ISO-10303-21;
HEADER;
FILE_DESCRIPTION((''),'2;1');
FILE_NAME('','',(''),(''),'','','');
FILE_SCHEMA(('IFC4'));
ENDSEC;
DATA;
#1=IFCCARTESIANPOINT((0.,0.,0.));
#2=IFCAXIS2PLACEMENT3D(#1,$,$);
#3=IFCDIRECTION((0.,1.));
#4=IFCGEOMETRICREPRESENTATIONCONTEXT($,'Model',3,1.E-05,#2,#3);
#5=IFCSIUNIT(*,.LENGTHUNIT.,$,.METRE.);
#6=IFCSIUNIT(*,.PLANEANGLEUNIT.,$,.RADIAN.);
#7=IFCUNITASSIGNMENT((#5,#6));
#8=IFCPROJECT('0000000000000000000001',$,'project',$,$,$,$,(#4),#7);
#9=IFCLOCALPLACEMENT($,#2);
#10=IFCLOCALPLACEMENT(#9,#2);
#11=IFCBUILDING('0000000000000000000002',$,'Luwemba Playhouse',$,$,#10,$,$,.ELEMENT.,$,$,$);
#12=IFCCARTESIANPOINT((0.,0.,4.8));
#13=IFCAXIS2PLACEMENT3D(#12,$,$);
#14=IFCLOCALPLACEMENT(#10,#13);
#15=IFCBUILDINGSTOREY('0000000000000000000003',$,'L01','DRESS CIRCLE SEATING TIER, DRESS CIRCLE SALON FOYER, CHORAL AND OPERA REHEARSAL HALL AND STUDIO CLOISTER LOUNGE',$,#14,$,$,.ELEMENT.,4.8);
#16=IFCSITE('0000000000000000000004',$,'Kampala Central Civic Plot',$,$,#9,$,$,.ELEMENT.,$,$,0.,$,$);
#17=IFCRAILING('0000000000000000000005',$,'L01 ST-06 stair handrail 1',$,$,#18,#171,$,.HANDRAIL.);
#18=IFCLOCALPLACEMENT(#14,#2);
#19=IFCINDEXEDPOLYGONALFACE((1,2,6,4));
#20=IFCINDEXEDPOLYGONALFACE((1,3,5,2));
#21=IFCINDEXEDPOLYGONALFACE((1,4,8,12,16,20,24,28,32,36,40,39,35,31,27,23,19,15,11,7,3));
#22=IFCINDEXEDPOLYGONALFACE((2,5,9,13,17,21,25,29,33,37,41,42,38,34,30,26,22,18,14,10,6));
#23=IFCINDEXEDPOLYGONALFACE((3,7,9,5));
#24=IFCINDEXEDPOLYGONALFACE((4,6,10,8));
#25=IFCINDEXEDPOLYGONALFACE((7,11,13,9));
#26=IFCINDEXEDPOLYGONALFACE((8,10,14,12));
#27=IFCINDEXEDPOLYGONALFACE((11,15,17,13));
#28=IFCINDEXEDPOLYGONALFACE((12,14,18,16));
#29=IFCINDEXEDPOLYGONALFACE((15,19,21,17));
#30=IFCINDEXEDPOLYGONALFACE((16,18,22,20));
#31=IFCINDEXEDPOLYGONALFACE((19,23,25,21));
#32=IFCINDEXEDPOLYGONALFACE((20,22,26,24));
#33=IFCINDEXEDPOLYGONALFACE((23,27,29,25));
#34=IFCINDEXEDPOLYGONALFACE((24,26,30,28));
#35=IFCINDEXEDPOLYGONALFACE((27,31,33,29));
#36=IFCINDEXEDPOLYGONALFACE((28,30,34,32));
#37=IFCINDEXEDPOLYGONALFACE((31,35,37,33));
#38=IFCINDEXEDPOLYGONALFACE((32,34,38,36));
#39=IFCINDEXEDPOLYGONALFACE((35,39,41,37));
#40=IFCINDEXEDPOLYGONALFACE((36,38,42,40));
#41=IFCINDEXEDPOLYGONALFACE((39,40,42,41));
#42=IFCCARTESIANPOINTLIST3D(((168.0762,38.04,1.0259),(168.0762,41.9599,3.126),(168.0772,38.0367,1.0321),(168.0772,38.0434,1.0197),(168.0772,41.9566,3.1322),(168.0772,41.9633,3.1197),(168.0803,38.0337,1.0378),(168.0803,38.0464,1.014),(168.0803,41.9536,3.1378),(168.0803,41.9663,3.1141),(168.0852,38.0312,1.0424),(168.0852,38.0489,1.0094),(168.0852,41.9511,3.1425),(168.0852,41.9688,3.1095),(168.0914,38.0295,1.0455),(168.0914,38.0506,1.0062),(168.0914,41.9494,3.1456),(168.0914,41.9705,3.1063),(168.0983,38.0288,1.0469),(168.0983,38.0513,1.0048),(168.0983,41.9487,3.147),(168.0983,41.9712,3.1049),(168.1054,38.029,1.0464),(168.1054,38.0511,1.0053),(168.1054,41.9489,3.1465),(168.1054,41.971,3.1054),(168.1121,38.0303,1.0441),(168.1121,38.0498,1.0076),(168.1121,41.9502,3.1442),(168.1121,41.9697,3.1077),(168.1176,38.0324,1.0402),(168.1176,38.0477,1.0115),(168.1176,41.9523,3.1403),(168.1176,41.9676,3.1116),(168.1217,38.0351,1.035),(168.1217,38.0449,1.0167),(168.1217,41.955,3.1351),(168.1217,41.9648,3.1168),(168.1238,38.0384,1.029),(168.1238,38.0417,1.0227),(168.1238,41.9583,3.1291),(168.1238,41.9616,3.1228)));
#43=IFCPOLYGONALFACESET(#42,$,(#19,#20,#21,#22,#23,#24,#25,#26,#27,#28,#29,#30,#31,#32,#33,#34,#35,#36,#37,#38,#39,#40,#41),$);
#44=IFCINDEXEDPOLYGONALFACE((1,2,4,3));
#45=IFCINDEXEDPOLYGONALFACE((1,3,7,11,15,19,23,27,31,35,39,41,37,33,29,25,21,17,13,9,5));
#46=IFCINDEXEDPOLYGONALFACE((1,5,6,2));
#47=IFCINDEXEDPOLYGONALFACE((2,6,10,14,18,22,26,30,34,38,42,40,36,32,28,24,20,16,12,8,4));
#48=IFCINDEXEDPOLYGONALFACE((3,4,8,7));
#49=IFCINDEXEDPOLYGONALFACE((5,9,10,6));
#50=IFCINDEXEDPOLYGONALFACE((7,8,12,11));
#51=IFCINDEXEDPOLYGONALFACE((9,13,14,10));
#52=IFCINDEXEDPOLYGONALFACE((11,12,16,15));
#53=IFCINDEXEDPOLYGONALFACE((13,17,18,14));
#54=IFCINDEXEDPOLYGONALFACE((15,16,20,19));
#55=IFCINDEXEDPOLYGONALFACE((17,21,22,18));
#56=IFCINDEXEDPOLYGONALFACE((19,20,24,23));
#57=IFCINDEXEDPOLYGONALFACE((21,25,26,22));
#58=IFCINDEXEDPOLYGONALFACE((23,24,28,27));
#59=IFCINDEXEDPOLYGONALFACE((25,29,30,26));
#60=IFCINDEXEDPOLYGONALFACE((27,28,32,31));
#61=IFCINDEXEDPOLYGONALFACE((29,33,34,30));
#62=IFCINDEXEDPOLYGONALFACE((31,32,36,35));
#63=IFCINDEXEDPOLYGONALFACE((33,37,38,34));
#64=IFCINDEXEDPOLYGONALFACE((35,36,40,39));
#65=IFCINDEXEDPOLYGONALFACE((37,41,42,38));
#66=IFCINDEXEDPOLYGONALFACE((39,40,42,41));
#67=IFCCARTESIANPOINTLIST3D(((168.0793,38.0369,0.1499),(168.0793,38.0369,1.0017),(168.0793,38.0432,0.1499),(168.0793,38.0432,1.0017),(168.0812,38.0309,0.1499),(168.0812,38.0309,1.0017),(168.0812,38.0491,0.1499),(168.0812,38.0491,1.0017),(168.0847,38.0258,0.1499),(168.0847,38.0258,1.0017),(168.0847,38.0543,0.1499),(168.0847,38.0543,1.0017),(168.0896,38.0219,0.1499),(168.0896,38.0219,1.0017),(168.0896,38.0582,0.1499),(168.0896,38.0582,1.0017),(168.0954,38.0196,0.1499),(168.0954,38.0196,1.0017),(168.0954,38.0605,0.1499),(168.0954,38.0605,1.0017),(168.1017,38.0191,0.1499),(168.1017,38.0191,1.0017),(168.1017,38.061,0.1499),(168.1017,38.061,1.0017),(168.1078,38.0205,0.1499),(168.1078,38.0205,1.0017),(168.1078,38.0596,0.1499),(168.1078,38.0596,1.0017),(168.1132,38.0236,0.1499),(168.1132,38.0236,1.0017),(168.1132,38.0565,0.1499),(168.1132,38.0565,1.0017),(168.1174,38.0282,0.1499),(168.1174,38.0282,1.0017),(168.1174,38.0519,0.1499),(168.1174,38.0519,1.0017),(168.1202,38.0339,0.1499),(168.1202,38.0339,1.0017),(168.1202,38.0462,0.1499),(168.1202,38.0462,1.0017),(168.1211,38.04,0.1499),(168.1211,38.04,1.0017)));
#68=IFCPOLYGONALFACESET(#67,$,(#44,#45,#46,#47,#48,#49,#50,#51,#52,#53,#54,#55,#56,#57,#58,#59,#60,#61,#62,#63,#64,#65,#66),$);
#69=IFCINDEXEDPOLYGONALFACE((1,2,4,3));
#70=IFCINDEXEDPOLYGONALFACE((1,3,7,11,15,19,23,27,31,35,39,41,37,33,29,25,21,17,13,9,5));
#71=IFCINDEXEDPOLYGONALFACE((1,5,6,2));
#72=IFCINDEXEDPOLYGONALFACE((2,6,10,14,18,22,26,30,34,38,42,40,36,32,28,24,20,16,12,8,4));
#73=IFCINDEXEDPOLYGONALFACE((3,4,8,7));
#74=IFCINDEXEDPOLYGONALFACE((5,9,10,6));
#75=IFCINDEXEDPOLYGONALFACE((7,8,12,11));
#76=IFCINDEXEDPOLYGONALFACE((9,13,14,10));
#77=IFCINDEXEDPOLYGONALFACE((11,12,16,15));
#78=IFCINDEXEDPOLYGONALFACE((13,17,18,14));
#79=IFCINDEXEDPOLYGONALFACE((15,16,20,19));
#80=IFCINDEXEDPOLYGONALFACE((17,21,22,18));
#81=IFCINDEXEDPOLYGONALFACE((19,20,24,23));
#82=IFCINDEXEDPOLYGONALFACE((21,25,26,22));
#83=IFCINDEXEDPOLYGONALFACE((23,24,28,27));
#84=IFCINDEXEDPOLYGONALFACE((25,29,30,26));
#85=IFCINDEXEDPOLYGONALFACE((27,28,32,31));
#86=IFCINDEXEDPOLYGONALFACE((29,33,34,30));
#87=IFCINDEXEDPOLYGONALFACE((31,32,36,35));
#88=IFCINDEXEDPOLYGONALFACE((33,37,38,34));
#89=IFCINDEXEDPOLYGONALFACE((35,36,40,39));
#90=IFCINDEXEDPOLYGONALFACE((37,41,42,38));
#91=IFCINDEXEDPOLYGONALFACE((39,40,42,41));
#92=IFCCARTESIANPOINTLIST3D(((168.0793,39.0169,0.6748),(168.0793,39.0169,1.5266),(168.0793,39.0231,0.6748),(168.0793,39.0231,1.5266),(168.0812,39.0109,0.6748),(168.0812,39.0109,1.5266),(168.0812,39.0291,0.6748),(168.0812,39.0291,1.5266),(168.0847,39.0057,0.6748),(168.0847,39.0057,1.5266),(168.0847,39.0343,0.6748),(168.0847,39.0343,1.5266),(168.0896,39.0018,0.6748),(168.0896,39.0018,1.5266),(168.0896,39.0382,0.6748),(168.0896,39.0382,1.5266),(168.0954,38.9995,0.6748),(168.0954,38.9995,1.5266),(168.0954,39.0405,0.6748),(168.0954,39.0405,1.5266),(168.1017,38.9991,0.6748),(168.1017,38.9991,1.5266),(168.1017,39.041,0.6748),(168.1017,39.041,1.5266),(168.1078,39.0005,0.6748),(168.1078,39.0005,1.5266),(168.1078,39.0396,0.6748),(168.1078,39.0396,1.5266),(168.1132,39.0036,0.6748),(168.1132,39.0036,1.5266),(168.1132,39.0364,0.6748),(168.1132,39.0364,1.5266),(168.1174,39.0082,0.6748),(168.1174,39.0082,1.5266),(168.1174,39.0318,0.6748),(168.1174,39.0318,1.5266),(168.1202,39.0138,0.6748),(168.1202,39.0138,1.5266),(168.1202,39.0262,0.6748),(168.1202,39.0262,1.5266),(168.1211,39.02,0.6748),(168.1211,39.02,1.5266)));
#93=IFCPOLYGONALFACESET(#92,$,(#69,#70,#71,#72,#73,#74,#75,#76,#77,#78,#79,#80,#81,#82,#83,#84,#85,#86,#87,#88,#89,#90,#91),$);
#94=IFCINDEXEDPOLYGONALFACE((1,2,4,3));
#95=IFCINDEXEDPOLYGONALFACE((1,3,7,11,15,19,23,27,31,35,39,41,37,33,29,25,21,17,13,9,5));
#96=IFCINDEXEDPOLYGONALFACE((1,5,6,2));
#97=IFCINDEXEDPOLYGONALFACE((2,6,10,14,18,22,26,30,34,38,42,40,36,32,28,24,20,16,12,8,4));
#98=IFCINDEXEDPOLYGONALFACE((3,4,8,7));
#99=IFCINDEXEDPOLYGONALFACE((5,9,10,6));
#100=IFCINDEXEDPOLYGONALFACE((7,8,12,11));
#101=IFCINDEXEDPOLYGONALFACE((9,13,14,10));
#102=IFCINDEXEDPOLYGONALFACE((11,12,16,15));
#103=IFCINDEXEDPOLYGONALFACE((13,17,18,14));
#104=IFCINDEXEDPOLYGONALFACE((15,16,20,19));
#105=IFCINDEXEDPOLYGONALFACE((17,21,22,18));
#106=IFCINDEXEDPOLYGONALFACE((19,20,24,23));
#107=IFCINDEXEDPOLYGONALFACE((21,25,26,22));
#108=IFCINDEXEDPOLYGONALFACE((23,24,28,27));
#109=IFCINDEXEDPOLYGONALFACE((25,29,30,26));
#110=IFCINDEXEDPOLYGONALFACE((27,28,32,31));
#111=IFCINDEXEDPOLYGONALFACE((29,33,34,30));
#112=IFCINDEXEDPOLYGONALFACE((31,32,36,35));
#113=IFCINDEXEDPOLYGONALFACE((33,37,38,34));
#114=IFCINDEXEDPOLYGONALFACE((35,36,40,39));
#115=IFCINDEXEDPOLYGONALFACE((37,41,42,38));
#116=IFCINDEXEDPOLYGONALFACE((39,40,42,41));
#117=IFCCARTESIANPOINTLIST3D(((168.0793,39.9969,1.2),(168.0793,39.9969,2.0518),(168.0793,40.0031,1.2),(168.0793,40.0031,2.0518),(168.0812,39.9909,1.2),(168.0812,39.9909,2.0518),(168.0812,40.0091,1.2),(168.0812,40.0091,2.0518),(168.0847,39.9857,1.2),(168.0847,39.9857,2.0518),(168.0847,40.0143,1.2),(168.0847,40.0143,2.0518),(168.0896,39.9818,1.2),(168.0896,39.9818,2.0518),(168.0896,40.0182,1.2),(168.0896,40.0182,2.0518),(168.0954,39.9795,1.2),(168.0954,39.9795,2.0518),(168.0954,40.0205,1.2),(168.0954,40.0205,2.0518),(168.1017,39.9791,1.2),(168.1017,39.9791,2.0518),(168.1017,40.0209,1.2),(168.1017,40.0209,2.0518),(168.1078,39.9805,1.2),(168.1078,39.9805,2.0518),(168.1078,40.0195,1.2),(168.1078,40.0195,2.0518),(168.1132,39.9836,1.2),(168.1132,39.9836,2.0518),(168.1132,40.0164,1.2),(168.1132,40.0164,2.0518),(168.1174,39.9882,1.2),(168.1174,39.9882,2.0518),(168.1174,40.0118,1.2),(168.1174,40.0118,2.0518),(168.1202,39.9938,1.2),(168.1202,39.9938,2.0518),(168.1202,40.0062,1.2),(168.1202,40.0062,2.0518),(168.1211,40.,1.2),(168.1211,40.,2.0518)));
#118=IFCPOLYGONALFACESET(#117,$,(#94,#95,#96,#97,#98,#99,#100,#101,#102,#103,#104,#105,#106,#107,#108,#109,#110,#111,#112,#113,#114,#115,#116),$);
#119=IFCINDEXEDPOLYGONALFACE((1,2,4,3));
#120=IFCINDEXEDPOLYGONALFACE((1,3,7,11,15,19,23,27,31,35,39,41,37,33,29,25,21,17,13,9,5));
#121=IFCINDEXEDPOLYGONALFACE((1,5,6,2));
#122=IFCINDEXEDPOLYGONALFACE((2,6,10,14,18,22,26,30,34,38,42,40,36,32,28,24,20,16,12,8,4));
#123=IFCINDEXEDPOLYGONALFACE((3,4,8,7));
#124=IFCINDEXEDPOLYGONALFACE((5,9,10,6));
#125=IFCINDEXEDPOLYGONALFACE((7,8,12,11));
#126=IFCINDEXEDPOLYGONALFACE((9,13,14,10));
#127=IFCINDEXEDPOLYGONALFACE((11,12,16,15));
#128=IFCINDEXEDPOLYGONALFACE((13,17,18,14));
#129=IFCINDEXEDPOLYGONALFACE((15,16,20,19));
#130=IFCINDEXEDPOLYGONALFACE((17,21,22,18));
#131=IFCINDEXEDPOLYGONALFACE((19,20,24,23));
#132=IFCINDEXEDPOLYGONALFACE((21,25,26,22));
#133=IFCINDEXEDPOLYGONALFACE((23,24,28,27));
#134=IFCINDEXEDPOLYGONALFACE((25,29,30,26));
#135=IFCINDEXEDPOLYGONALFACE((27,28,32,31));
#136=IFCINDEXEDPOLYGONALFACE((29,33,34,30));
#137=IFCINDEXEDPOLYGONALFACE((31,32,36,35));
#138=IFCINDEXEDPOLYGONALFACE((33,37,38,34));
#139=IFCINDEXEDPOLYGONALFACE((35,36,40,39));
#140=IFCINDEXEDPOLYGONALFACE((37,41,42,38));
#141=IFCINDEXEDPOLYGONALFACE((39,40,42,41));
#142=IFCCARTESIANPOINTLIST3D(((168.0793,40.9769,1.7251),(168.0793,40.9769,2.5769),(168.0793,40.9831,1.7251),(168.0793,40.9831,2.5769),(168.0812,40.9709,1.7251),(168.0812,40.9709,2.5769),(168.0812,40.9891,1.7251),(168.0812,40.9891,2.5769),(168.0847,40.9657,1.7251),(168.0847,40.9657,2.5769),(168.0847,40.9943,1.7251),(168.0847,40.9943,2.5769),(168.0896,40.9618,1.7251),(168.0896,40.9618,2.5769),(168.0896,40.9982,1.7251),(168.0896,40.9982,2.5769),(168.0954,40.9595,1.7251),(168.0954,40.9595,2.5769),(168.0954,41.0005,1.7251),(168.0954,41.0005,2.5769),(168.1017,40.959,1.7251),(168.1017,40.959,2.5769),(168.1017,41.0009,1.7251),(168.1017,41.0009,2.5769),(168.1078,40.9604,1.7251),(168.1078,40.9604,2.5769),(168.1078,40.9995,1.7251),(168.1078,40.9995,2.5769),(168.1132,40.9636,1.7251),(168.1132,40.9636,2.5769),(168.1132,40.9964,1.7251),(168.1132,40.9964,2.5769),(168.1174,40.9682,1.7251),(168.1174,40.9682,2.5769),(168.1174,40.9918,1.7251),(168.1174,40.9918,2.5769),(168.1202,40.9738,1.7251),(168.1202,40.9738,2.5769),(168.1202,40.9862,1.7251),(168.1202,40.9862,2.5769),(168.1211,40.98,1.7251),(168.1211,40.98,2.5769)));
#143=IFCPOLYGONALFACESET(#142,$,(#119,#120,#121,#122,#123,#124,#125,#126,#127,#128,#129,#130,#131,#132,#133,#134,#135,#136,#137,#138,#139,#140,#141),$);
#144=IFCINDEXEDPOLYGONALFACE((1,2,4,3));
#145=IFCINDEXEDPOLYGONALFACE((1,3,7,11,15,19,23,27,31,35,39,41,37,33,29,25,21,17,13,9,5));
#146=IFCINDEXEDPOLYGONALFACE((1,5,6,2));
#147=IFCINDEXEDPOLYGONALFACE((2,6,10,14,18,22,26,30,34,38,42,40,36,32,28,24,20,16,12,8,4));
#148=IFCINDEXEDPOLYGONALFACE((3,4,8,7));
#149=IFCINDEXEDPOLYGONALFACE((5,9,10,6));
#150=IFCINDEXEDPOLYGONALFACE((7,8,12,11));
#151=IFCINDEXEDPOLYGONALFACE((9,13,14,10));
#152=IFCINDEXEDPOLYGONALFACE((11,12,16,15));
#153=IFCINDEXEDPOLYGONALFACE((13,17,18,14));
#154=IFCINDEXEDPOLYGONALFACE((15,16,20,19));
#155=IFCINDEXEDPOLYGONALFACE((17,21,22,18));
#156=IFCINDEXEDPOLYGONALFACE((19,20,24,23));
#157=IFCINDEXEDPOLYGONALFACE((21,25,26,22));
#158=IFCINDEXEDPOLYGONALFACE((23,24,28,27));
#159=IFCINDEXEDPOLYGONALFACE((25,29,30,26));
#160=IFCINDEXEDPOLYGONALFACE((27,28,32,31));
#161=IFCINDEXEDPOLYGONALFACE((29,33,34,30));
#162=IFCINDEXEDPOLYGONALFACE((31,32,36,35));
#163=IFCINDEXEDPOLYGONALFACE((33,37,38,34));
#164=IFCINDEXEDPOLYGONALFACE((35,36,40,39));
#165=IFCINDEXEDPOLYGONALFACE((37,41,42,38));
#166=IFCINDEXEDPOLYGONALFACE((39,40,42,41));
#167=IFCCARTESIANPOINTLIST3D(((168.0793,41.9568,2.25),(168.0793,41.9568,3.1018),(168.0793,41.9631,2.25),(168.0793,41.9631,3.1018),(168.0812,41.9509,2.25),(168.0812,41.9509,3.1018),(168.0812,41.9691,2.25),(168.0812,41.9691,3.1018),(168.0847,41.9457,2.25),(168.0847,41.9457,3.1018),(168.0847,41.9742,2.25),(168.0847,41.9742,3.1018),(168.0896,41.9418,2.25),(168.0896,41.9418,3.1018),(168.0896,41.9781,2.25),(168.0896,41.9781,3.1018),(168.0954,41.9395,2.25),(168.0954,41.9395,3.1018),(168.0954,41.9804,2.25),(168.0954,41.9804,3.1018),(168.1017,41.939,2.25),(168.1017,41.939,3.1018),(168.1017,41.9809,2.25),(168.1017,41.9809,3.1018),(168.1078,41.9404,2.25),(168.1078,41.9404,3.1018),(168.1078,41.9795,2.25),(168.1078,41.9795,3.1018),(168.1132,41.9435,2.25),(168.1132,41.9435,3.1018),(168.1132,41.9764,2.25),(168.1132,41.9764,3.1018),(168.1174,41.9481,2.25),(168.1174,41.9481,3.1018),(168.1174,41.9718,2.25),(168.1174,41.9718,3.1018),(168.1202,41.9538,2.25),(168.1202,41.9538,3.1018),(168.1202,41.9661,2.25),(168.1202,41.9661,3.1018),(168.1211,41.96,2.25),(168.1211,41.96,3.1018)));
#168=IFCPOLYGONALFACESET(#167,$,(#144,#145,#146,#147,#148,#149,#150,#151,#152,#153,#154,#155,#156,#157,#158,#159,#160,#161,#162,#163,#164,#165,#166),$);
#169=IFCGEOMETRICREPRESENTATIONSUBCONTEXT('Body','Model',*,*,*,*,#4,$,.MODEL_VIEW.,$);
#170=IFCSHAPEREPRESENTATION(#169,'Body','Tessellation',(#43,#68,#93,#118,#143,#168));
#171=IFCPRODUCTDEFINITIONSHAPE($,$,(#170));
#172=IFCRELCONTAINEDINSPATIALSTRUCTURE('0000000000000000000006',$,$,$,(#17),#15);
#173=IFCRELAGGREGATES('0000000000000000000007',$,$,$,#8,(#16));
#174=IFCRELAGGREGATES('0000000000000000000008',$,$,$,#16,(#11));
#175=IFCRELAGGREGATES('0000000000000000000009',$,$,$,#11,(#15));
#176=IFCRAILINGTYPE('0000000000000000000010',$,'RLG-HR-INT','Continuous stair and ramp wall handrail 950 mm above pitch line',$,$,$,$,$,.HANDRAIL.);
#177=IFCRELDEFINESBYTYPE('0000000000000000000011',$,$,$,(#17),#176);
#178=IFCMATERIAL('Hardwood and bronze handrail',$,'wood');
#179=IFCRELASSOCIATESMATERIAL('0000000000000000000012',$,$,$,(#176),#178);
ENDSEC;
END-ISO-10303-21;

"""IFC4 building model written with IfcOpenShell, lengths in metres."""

from ifc_helpers import new_model, si_unit, direction, frame, origin, origin_2d, place, context, subcontext, project, spatial, circle, extrude, material, type_object, element, save


model = new_model("IFC4")

# Units and contexts
model_context = context("Model", 3, precision=1e-05, world=origin(), true_north=direction((0.0, 1.0)))
body_context = subcontext(model_context, "Body", "Model", "MODEL_VIEW")
ifc_project = project(units=[si_unit("LENGTHUNIT", "METRE"), si_unit("PLANEANGLEUNIT", "RADIAN")], contexts=[model_context])

# Site, building, storey
site_placement = place(None, origin())
site = spatial("IfcSite", under=ifc_project, at=site_placement, Name="Kampala Central Civic Plot", CompositionType="ELEMENT", RefElevation=0.0)
building_placement = place(site_placement, origin())
building = spatial("IfcBuilding", under=site, at=building_placement, Name="Luwemba Playhouse", CompositionType="ELEMENT")
storey_placement = place(building_placement, frame((0.0, 0.0, 4.8)))
storey = spatial("IfcBuildingStorey", under=building, at=storey_placement, Name="L01", Description="DRESS CIRCLE SEATING TIER, DRESS CIRCLE SALON FOYER, CHORAL AND OPERA REHEARSAL HALL AND STUDIO CLOISTER LOUNGE", CompositionType="ELEMENT", Elevation=4.8)

# Railing
ifc_material_1 = material(Name="Hardwood and bronze handrail", Category="wood")
railing_type_1 = type_object("IfcRailingType", Name="RLG-HR-INT", Description="Continuous stair and ramp wall handrail 950 mm above pitch line", PredefinedType="HANDRAIL", material=ifc_material_1)
railing_1_placement = place(storey_placement, frame((168.1001, 38.04, 0.1499)))
element("IfcRailing", 1, at=railing_1_placement, inside=storey, type_object=railing_type_1, Name="L01 ST-06 stair handrail 1", PredefinedType="HANDRAIL", context=body_context, shape_type="SweptSolid", body=[
    extrude(circle(Radius=0.0239, at=origin_2d()), frame((0.0, 0.0, 0.876), z_axis=(0.0, 0.881467, 0.472246), x_axis=(-1.0, 0.0, 0.0)), (0.0, 0.0, 1.0), 4.447),
    extrude(circle(Radius=0.021, at=origin_2d()), origin(), (0.0, 0.0, 1.0), 0.8518),
    extrude(circle(Radius=0.021, at=origin_2d()), frame((0.0, 0.98, 0.5249)), (0.0, 0.0, 1.0), 0.8518),
    extrude(circle(Radius=0.021, at=origin_2d()), frame((0.0, 1.96, 1.05)), (0.0, 0.0, 1.0), 0.8518),
    extrude(circle(Radius=0.021, at=origin_2d()), frame((0.0, 2.9399, 1.5752)), (0.0, 0.0, 1.0), 0.8518),
    extrude(circle(Radius=0.021, at=origin_2d()), frame((0.0, 3.9199, 2.1001)), (0.0, 0.0, 1.0), 0.8518),
])

save(model, "model.ifc")
